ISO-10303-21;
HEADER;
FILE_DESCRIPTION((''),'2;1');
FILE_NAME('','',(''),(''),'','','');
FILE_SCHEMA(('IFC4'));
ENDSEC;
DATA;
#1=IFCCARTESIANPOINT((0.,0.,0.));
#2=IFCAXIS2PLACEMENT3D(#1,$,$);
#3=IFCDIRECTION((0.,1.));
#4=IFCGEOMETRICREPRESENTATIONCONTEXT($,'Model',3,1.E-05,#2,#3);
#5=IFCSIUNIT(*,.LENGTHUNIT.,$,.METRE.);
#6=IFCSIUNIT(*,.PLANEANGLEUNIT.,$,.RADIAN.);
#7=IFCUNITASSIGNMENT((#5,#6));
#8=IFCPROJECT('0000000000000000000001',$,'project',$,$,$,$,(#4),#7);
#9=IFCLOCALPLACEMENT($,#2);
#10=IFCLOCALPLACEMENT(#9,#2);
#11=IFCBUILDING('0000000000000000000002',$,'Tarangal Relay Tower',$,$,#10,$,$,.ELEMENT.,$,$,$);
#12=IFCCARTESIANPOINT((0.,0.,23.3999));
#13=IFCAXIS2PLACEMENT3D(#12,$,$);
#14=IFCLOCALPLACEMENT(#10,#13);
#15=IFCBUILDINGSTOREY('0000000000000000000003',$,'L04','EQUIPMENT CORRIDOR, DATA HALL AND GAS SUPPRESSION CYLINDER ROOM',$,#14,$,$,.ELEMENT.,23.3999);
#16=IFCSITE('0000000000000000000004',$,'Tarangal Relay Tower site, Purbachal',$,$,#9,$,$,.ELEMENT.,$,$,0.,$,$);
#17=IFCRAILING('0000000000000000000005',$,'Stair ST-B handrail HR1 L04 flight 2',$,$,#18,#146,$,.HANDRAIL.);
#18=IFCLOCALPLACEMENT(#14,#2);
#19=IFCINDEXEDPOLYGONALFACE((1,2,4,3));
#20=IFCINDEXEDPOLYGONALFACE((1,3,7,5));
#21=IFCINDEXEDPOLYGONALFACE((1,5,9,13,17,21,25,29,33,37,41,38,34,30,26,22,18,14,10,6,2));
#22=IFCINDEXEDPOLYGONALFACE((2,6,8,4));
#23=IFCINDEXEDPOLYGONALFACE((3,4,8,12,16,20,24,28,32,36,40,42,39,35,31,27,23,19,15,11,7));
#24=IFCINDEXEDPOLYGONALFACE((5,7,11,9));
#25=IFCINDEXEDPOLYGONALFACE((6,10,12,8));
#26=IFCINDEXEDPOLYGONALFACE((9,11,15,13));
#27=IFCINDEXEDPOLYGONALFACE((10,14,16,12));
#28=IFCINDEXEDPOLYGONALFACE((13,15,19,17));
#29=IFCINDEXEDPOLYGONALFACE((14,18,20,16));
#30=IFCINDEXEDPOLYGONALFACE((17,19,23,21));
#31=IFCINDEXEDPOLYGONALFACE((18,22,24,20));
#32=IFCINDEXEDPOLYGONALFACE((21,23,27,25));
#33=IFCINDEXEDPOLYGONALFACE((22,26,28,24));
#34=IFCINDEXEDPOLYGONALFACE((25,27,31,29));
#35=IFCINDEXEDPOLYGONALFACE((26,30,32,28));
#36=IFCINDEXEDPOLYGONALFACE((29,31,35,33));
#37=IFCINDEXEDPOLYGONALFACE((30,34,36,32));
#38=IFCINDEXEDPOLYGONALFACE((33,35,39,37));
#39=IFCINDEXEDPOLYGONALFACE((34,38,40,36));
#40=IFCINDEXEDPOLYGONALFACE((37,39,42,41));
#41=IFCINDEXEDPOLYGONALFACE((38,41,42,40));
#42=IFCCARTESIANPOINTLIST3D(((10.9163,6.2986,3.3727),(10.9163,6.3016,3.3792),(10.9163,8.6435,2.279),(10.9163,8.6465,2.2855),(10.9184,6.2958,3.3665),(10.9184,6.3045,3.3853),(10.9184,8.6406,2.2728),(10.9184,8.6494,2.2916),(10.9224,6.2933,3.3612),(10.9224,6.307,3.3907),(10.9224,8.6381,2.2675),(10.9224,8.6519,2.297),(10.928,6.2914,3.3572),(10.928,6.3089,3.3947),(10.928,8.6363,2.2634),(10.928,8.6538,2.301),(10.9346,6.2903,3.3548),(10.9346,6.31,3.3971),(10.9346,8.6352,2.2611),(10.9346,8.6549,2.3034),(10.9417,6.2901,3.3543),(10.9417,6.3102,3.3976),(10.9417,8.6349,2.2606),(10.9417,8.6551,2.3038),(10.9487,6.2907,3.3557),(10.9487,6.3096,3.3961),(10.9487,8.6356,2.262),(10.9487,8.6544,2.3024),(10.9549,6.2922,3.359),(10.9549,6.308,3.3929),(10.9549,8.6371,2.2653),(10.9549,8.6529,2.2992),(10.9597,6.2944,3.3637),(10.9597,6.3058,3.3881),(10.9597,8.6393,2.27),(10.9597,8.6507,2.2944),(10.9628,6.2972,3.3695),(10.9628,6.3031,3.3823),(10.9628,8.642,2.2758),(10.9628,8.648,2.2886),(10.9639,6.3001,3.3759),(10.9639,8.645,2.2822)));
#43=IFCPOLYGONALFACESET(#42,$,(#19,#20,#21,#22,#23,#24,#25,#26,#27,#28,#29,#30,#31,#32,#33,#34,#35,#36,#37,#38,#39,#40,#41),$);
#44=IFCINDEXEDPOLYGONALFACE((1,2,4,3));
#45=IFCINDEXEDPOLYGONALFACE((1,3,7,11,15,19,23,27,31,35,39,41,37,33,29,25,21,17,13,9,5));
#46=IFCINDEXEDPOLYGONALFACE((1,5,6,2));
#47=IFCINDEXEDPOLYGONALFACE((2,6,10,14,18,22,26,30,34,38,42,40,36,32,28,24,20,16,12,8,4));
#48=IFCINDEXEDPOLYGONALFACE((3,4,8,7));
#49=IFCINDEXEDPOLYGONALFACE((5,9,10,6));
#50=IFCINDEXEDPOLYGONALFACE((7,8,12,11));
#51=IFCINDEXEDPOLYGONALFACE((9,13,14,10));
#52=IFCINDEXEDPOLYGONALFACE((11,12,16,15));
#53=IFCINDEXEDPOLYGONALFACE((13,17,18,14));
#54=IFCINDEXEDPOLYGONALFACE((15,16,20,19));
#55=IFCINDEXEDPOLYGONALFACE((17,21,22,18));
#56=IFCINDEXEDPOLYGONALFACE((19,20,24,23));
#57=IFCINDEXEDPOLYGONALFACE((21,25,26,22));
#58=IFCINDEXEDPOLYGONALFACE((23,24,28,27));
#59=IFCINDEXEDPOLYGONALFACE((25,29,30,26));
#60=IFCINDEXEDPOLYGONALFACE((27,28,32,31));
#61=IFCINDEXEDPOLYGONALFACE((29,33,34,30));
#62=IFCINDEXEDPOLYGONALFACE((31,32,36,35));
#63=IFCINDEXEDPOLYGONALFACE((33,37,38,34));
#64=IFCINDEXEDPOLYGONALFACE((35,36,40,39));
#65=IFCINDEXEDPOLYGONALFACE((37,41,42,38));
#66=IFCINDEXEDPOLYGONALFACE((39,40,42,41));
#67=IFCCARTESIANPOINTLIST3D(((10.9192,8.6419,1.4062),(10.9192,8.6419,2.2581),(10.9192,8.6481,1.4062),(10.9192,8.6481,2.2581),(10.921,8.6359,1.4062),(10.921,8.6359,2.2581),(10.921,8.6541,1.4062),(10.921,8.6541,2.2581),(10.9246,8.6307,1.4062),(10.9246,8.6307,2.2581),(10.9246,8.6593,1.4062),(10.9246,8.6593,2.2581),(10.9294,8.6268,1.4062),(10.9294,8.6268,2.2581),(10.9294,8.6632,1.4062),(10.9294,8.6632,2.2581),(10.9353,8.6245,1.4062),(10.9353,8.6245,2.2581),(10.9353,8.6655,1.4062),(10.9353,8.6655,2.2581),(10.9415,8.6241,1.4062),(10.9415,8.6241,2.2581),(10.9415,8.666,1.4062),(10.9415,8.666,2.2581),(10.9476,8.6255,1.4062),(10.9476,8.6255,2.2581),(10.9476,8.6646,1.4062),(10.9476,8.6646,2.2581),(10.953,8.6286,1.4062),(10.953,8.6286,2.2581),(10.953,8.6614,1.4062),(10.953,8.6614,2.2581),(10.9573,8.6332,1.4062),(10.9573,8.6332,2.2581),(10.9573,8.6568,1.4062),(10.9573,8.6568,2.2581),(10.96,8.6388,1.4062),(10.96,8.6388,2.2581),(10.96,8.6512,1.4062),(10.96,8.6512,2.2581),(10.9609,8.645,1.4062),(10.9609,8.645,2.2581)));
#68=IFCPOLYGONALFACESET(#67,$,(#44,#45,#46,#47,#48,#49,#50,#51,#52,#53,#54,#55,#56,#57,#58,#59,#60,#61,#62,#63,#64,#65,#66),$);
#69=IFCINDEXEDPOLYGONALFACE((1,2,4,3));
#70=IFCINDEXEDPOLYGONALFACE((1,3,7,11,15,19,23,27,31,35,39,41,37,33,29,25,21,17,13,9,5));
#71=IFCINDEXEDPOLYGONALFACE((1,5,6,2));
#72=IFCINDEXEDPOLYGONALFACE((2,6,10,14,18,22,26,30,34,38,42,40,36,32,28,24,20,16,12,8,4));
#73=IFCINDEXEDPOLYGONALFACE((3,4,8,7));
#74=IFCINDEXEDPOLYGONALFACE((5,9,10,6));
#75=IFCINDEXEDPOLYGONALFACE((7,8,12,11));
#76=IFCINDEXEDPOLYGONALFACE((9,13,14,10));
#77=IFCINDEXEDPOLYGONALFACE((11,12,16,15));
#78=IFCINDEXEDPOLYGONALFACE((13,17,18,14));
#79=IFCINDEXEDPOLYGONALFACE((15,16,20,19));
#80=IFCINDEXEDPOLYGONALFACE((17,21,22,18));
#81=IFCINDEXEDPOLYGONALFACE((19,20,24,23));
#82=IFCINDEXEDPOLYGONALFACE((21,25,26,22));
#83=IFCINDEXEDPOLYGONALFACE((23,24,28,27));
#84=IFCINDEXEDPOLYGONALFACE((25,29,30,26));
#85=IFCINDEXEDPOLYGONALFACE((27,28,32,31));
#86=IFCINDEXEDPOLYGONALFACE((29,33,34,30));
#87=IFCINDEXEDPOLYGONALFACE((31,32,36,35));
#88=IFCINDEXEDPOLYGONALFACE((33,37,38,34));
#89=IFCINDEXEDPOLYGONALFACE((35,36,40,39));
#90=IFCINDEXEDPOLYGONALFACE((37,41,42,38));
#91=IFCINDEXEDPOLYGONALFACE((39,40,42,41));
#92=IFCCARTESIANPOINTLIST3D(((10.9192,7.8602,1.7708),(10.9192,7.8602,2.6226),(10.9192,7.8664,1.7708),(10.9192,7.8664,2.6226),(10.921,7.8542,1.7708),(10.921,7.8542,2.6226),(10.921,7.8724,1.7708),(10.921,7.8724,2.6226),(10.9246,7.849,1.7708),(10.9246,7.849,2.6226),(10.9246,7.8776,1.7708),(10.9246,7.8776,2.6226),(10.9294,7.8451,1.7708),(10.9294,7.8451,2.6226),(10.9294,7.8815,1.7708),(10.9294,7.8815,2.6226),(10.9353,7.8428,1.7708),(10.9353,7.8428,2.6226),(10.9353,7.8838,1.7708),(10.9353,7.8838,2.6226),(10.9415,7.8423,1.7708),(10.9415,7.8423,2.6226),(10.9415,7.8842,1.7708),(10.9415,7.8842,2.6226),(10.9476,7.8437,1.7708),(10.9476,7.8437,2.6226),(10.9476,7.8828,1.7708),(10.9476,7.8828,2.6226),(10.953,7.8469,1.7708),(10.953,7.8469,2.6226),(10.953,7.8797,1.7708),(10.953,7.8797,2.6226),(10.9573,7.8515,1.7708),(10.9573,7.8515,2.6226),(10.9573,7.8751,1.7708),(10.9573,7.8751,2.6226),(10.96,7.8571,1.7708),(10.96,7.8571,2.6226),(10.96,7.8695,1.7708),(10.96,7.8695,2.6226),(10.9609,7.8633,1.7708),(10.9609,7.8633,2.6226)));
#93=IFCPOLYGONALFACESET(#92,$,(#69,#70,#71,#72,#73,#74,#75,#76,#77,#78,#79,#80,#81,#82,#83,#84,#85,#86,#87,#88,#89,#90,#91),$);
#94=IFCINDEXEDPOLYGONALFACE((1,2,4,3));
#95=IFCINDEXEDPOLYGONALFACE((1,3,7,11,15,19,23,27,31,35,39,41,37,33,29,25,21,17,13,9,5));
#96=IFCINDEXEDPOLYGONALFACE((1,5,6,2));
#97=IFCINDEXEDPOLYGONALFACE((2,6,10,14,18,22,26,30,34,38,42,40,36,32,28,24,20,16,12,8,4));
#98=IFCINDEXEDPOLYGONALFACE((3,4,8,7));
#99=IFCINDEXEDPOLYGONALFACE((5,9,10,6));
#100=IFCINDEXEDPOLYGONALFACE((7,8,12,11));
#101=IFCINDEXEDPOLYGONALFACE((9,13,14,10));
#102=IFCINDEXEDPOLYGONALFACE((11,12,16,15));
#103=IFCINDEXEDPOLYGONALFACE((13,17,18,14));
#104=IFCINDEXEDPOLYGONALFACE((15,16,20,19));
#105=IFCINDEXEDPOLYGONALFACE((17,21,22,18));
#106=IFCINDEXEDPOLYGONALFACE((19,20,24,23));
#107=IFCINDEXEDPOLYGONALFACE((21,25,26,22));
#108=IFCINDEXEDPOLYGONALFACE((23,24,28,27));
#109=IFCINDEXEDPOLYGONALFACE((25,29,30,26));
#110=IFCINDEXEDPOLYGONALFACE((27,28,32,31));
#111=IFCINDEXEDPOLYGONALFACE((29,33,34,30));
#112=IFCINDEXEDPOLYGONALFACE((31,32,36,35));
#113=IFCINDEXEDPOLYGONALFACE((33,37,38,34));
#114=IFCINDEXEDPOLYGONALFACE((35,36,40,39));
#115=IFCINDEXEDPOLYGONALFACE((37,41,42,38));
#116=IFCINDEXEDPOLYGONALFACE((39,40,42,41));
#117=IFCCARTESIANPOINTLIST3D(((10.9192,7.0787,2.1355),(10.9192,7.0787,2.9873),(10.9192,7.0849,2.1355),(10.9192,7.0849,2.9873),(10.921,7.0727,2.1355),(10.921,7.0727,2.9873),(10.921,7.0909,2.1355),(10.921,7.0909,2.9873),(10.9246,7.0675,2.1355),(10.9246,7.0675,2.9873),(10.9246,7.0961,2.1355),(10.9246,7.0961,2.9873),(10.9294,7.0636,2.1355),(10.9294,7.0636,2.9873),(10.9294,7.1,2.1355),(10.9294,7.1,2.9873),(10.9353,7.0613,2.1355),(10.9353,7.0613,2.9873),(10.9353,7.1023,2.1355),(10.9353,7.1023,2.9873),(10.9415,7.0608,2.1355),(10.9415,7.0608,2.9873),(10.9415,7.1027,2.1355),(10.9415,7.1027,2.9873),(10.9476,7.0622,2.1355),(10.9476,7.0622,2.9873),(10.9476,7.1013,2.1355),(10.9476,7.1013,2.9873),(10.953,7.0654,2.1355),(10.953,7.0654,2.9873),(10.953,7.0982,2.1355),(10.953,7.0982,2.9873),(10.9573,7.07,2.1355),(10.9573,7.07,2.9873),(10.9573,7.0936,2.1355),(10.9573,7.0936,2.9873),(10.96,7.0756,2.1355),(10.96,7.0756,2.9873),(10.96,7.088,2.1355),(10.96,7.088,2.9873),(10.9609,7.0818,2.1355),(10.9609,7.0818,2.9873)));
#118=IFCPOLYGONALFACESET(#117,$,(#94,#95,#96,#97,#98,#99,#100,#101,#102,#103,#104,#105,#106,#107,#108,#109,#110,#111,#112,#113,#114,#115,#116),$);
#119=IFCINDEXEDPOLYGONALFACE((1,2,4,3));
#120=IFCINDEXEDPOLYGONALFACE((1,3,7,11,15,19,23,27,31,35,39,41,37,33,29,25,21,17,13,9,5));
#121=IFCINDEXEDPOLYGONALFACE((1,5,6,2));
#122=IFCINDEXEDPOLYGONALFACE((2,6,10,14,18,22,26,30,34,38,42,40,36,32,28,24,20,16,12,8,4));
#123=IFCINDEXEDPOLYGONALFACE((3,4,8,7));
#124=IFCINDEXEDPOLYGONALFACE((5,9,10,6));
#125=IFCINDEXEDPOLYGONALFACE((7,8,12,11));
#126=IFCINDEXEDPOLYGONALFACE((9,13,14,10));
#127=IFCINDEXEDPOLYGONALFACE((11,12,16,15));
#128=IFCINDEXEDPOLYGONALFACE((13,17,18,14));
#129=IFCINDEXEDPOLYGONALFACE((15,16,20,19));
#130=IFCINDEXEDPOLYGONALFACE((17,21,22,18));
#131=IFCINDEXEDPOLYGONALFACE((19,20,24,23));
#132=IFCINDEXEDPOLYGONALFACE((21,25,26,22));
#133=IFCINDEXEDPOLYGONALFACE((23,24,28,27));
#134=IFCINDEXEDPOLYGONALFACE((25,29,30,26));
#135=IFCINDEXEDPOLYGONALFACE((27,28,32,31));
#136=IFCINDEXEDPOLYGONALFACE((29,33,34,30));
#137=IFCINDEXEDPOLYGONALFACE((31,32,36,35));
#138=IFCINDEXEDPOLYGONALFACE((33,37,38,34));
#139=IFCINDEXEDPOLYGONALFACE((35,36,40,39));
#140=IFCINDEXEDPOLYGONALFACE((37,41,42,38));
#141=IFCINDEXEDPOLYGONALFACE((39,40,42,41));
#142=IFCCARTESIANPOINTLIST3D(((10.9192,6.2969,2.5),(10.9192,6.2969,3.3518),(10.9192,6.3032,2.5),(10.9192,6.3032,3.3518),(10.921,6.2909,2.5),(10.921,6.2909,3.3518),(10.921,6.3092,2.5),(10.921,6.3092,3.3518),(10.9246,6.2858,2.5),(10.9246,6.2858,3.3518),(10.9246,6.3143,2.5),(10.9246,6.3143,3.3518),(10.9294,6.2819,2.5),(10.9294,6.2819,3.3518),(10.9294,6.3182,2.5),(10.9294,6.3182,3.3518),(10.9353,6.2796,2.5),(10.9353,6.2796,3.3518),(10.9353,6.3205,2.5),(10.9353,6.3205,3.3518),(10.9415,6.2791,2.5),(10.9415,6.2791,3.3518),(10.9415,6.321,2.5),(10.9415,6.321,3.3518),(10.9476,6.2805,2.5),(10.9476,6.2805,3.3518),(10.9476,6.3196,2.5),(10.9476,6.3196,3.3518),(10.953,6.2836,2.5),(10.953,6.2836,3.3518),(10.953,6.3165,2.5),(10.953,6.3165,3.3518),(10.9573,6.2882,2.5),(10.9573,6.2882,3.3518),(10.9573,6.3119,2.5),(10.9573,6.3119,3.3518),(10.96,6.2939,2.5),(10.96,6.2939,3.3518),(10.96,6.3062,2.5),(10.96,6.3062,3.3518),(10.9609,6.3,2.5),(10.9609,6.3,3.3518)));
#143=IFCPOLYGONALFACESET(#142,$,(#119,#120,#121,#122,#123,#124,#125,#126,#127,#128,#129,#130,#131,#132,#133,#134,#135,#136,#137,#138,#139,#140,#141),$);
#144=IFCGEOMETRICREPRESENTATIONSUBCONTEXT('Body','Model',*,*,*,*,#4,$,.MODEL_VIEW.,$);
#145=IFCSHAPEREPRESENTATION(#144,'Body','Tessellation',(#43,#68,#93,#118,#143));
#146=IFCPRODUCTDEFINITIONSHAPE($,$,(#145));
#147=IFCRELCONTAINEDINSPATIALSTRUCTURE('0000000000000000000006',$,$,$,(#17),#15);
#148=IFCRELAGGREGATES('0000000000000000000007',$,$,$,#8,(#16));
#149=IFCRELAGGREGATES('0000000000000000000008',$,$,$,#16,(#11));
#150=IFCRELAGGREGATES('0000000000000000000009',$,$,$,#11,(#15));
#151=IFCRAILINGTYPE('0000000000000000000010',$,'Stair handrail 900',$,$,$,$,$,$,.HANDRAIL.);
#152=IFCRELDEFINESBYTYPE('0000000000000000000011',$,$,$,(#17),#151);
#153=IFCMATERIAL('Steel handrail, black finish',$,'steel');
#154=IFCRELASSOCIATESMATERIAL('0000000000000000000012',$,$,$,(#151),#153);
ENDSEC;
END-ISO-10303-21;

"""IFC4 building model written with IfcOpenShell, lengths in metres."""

from ifc_helpers import new_model, si_unit, direction, frame, origin, origin_2d, place, context, subcontext, project, spatial, circle, extrude, material, type_object, element, save


model = new_model("IFC4")

# Units and contexts
model_context = context("Model", 3, precision=1e-05, world=origin(), true_north=direction((0.0, 1.0)))
body_context = subcontext(model_context, "Body", "Model", "MODEL_VIEW")
ifc_project = project(units=[si_unit("LENGTHUNIT", "METRE"), si_unit("PLANEANGLEUNIT", "RADIAN")], contexts=[model_context])

# Site, building, storey
site_placement = place(None, origin())
site = spatial("IfcSite", under=ifc_project, at=site_placement, Name="Tarangal Relay Tower site, Purbachal", CompositionType="ELEMENT", RefElevation=0.0)
building_placement = place(site_placement, origin())
building = spatial("IfcBuilding", under=site, at=building_placement, Name="Tarangal Relay Tower", CompositionType="ELEMENT")
storey_placement = place(building_placement, frame((0.0, 0.0, 23.3999)))
storey = spatial("IfcBuildingStorey", under=building, at=storey_placement, Name="L04", Description="EQUIPMENT CORRIDOR, DATA HALL AND GAS SUPPRESSION CYLINDER ROOM", CompositionType="ELEMENT", Elevation=23.3999)

# Railing
ifc_material_1 = material(Name="Steel handrail, black finish", Category="steel")
railing_type_1 = type_object("IfcRailingType", Name="Stair handrail 900", PredefinedType="HANDRAIL", material=ifc_material_1)
for number, where, name in (
    (1, (10.9399, 8.645, 1.4062), "Stair ST-B handrail HR1 L04 flight 2"),
):
    element("IfcRailing", number, at=place(storey_placement, frame(where)), inside=storey, type_object=railing_type_1, Name=name, PredefinedType="HANDRAIL", context=body_context, shape_type="SweptSolid", body=[
        extrude(circle(Radius=0.0239, at=origin_2d()), frame((0.0, 0.0, 0.876), z_axis=(0.0, -0.906267, 0.422705), x_axis=(1.0, 0.0, 0.0)), (0.0, 0.0, 1.0), 2.5874),
        extrude(circle(Radius=0.021, at=origin_2d()), origin(), (0.0, 0.0, 1.0), 0.8518),
        extrude(circle(Radius=0.021, at=origin_2d()), frame((0.0, -0.7817, 0.3645)), (0.0, 0.0, 1.0), 0.8518),
        extrude(circle(Radius=0.021, at=origin_2d()), frame((0.0, -1.5632, 0.7292)), (0.0, 0.0, 1.0), 0.8518),
        extrude(circle(Radius=0.021, at=origin_2d()), frame((0.0, -2.345, 1.0938)), (0.0, 0.0, 1.0), 0.8518),
    ])

save(model, "model.ifc")
